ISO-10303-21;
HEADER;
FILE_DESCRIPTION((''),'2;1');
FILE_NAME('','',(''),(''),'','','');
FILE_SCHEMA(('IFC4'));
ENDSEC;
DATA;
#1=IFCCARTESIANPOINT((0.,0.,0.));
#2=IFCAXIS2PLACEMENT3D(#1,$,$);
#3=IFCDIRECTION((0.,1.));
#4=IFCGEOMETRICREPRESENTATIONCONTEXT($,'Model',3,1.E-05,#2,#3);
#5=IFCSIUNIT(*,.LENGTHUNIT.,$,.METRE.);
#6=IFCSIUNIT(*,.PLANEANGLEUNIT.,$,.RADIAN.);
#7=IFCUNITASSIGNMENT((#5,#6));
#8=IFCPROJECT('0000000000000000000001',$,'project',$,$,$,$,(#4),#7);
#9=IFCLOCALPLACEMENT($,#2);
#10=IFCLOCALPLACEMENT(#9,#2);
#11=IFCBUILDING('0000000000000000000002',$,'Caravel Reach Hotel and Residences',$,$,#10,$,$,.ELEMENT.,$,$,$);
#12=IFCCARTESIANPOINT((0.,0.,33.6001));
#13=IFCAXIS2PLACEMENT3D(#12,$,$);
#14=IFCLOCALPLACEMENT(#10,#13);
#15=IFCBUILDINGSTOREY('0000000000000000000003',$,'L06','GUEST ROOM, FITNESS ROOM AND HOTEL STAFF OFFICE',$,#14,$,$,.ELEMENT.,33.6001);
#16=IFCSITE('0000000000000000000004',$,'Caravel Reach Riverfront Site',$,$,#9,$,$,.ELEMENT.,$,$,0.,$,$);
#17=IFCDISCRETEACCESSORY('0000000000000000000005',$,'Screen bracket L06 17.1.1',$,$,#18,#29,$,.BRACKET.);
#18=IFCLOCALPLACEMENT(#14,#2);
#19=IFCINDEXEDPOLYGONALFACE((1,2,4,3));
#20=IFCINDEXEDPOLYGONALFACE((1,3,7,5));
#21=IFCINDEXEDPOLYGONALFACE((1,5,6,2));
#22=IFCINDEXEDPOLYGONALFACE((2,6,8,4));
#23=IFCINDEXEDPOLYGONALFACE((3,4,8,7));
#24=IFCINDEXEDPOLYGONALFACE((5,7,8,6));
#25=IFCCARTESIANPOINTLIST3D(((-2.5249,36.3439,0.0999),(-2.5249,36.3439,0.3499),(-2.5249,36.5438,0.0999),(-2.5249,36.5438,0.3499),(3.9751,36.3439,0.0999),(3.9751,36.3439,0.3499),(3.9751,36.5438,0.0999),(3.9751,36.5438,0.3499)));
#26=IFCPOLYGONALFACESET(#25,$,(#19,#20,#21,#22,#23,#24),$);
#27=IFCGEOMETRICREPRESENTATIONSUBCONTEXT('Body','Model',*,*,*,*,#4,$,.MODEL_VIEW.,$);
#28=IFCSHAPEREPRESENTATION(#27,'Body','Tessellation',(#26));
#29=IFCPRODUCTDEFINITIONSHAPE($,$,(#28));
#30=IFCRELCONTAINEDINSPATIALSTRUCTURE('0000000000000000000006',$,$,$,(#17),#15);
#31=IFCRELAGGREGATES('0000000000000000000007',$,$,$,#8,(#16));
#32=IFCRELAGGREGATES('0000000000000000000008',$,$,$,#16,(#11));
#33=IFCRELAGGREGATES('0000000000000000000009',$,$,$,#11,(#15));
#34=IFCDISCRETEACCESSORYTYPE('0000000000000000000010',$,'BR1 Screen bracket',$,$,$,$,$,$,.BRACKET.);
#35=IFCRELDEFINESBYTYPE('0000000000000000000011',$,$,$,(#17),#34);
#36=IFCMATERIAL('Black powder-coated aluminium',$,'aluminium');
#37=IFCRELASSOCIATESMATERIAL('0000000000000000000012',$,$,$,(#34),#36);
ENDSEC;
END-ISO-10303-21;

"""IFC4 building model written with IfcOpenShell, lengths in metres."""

from ifc_helpers import new_model, si_unit, direction, frame, origin, origin_2d, place, context, subcontext, project, spatial, rectangle, extrude, material, type_object, element, save


model = new_model("IFC4")

# Units and contexts
model_context = context("Model", 3, precision=1e-05, world=origin(), true_north=direction((0.0, 1.0)))
body_context = subcontext(model_context, "Body", "Model", "MODEL_VIEW")
ifc_project = project(units=[si_unit("LENGTHUNIT", "METRE"), si_unit("PLANEANGLEUNIT", "RADIAN")], contexts=[model_context])

# Site, building, storey
site_placement = place(None, origin())
site = spatial("IfcSite", under=ifc_project, at=site_placement, Name="Caravel Reach Riverfront Site", CompositionType="ELEMENT", RefElevation=0.0)
building_placement = place(site_placement, origin())
building = spatial("IfcBuilding", under=site, at=building_placement, Name="Caravel Reach Hotel and Residences", CompositionType="ELEMENT")
storey_placement = place(building_placement, frame((0.0, 0.0, 33.6001)))
storey = spatial("IfcBuildingStorey", under=building, at=storey_placement, Name="L06", Description="GUEST ROOM, FITNESS ROOM AND HOTEL STAFF OFFICE", CompositionType="ELEMENT", Elevation=33.6001)

# Discrete accessory
ifc_material_1 = material(Name="Black powder-coated aluminium", Category="aluminium")
discrete_accessory_type = type_object("IfcDiscreteAccessoryType", Name="BR1 Screen bracket", PredefinedType="BRACKET", material=ifc_material_1)
discrete_accessory_1_placement = place(storey_placement, frame((0.7251, 36.4438, 0.0999), z_axis=(0.0, 0.0, 1.0), x_axis=(-1.0, 0.0, 0.0)))
element("IfcDiscreteAccessory", 1, at=discrete_accessory_1_placement, inside=storey, type_object=discrete_accessory_type, Name="Screen bracket L06 17.1.1", PredefinedType="BRACKET", context=body_context, shape_type="SweptSolid", body=[
    extrude(rectangle(XDim=6.5, YDim=0.2, at=origin_2d()), origin(), (0.0, 0.0, 1.0), 0.25),
])

save(model, "model.ifc")
